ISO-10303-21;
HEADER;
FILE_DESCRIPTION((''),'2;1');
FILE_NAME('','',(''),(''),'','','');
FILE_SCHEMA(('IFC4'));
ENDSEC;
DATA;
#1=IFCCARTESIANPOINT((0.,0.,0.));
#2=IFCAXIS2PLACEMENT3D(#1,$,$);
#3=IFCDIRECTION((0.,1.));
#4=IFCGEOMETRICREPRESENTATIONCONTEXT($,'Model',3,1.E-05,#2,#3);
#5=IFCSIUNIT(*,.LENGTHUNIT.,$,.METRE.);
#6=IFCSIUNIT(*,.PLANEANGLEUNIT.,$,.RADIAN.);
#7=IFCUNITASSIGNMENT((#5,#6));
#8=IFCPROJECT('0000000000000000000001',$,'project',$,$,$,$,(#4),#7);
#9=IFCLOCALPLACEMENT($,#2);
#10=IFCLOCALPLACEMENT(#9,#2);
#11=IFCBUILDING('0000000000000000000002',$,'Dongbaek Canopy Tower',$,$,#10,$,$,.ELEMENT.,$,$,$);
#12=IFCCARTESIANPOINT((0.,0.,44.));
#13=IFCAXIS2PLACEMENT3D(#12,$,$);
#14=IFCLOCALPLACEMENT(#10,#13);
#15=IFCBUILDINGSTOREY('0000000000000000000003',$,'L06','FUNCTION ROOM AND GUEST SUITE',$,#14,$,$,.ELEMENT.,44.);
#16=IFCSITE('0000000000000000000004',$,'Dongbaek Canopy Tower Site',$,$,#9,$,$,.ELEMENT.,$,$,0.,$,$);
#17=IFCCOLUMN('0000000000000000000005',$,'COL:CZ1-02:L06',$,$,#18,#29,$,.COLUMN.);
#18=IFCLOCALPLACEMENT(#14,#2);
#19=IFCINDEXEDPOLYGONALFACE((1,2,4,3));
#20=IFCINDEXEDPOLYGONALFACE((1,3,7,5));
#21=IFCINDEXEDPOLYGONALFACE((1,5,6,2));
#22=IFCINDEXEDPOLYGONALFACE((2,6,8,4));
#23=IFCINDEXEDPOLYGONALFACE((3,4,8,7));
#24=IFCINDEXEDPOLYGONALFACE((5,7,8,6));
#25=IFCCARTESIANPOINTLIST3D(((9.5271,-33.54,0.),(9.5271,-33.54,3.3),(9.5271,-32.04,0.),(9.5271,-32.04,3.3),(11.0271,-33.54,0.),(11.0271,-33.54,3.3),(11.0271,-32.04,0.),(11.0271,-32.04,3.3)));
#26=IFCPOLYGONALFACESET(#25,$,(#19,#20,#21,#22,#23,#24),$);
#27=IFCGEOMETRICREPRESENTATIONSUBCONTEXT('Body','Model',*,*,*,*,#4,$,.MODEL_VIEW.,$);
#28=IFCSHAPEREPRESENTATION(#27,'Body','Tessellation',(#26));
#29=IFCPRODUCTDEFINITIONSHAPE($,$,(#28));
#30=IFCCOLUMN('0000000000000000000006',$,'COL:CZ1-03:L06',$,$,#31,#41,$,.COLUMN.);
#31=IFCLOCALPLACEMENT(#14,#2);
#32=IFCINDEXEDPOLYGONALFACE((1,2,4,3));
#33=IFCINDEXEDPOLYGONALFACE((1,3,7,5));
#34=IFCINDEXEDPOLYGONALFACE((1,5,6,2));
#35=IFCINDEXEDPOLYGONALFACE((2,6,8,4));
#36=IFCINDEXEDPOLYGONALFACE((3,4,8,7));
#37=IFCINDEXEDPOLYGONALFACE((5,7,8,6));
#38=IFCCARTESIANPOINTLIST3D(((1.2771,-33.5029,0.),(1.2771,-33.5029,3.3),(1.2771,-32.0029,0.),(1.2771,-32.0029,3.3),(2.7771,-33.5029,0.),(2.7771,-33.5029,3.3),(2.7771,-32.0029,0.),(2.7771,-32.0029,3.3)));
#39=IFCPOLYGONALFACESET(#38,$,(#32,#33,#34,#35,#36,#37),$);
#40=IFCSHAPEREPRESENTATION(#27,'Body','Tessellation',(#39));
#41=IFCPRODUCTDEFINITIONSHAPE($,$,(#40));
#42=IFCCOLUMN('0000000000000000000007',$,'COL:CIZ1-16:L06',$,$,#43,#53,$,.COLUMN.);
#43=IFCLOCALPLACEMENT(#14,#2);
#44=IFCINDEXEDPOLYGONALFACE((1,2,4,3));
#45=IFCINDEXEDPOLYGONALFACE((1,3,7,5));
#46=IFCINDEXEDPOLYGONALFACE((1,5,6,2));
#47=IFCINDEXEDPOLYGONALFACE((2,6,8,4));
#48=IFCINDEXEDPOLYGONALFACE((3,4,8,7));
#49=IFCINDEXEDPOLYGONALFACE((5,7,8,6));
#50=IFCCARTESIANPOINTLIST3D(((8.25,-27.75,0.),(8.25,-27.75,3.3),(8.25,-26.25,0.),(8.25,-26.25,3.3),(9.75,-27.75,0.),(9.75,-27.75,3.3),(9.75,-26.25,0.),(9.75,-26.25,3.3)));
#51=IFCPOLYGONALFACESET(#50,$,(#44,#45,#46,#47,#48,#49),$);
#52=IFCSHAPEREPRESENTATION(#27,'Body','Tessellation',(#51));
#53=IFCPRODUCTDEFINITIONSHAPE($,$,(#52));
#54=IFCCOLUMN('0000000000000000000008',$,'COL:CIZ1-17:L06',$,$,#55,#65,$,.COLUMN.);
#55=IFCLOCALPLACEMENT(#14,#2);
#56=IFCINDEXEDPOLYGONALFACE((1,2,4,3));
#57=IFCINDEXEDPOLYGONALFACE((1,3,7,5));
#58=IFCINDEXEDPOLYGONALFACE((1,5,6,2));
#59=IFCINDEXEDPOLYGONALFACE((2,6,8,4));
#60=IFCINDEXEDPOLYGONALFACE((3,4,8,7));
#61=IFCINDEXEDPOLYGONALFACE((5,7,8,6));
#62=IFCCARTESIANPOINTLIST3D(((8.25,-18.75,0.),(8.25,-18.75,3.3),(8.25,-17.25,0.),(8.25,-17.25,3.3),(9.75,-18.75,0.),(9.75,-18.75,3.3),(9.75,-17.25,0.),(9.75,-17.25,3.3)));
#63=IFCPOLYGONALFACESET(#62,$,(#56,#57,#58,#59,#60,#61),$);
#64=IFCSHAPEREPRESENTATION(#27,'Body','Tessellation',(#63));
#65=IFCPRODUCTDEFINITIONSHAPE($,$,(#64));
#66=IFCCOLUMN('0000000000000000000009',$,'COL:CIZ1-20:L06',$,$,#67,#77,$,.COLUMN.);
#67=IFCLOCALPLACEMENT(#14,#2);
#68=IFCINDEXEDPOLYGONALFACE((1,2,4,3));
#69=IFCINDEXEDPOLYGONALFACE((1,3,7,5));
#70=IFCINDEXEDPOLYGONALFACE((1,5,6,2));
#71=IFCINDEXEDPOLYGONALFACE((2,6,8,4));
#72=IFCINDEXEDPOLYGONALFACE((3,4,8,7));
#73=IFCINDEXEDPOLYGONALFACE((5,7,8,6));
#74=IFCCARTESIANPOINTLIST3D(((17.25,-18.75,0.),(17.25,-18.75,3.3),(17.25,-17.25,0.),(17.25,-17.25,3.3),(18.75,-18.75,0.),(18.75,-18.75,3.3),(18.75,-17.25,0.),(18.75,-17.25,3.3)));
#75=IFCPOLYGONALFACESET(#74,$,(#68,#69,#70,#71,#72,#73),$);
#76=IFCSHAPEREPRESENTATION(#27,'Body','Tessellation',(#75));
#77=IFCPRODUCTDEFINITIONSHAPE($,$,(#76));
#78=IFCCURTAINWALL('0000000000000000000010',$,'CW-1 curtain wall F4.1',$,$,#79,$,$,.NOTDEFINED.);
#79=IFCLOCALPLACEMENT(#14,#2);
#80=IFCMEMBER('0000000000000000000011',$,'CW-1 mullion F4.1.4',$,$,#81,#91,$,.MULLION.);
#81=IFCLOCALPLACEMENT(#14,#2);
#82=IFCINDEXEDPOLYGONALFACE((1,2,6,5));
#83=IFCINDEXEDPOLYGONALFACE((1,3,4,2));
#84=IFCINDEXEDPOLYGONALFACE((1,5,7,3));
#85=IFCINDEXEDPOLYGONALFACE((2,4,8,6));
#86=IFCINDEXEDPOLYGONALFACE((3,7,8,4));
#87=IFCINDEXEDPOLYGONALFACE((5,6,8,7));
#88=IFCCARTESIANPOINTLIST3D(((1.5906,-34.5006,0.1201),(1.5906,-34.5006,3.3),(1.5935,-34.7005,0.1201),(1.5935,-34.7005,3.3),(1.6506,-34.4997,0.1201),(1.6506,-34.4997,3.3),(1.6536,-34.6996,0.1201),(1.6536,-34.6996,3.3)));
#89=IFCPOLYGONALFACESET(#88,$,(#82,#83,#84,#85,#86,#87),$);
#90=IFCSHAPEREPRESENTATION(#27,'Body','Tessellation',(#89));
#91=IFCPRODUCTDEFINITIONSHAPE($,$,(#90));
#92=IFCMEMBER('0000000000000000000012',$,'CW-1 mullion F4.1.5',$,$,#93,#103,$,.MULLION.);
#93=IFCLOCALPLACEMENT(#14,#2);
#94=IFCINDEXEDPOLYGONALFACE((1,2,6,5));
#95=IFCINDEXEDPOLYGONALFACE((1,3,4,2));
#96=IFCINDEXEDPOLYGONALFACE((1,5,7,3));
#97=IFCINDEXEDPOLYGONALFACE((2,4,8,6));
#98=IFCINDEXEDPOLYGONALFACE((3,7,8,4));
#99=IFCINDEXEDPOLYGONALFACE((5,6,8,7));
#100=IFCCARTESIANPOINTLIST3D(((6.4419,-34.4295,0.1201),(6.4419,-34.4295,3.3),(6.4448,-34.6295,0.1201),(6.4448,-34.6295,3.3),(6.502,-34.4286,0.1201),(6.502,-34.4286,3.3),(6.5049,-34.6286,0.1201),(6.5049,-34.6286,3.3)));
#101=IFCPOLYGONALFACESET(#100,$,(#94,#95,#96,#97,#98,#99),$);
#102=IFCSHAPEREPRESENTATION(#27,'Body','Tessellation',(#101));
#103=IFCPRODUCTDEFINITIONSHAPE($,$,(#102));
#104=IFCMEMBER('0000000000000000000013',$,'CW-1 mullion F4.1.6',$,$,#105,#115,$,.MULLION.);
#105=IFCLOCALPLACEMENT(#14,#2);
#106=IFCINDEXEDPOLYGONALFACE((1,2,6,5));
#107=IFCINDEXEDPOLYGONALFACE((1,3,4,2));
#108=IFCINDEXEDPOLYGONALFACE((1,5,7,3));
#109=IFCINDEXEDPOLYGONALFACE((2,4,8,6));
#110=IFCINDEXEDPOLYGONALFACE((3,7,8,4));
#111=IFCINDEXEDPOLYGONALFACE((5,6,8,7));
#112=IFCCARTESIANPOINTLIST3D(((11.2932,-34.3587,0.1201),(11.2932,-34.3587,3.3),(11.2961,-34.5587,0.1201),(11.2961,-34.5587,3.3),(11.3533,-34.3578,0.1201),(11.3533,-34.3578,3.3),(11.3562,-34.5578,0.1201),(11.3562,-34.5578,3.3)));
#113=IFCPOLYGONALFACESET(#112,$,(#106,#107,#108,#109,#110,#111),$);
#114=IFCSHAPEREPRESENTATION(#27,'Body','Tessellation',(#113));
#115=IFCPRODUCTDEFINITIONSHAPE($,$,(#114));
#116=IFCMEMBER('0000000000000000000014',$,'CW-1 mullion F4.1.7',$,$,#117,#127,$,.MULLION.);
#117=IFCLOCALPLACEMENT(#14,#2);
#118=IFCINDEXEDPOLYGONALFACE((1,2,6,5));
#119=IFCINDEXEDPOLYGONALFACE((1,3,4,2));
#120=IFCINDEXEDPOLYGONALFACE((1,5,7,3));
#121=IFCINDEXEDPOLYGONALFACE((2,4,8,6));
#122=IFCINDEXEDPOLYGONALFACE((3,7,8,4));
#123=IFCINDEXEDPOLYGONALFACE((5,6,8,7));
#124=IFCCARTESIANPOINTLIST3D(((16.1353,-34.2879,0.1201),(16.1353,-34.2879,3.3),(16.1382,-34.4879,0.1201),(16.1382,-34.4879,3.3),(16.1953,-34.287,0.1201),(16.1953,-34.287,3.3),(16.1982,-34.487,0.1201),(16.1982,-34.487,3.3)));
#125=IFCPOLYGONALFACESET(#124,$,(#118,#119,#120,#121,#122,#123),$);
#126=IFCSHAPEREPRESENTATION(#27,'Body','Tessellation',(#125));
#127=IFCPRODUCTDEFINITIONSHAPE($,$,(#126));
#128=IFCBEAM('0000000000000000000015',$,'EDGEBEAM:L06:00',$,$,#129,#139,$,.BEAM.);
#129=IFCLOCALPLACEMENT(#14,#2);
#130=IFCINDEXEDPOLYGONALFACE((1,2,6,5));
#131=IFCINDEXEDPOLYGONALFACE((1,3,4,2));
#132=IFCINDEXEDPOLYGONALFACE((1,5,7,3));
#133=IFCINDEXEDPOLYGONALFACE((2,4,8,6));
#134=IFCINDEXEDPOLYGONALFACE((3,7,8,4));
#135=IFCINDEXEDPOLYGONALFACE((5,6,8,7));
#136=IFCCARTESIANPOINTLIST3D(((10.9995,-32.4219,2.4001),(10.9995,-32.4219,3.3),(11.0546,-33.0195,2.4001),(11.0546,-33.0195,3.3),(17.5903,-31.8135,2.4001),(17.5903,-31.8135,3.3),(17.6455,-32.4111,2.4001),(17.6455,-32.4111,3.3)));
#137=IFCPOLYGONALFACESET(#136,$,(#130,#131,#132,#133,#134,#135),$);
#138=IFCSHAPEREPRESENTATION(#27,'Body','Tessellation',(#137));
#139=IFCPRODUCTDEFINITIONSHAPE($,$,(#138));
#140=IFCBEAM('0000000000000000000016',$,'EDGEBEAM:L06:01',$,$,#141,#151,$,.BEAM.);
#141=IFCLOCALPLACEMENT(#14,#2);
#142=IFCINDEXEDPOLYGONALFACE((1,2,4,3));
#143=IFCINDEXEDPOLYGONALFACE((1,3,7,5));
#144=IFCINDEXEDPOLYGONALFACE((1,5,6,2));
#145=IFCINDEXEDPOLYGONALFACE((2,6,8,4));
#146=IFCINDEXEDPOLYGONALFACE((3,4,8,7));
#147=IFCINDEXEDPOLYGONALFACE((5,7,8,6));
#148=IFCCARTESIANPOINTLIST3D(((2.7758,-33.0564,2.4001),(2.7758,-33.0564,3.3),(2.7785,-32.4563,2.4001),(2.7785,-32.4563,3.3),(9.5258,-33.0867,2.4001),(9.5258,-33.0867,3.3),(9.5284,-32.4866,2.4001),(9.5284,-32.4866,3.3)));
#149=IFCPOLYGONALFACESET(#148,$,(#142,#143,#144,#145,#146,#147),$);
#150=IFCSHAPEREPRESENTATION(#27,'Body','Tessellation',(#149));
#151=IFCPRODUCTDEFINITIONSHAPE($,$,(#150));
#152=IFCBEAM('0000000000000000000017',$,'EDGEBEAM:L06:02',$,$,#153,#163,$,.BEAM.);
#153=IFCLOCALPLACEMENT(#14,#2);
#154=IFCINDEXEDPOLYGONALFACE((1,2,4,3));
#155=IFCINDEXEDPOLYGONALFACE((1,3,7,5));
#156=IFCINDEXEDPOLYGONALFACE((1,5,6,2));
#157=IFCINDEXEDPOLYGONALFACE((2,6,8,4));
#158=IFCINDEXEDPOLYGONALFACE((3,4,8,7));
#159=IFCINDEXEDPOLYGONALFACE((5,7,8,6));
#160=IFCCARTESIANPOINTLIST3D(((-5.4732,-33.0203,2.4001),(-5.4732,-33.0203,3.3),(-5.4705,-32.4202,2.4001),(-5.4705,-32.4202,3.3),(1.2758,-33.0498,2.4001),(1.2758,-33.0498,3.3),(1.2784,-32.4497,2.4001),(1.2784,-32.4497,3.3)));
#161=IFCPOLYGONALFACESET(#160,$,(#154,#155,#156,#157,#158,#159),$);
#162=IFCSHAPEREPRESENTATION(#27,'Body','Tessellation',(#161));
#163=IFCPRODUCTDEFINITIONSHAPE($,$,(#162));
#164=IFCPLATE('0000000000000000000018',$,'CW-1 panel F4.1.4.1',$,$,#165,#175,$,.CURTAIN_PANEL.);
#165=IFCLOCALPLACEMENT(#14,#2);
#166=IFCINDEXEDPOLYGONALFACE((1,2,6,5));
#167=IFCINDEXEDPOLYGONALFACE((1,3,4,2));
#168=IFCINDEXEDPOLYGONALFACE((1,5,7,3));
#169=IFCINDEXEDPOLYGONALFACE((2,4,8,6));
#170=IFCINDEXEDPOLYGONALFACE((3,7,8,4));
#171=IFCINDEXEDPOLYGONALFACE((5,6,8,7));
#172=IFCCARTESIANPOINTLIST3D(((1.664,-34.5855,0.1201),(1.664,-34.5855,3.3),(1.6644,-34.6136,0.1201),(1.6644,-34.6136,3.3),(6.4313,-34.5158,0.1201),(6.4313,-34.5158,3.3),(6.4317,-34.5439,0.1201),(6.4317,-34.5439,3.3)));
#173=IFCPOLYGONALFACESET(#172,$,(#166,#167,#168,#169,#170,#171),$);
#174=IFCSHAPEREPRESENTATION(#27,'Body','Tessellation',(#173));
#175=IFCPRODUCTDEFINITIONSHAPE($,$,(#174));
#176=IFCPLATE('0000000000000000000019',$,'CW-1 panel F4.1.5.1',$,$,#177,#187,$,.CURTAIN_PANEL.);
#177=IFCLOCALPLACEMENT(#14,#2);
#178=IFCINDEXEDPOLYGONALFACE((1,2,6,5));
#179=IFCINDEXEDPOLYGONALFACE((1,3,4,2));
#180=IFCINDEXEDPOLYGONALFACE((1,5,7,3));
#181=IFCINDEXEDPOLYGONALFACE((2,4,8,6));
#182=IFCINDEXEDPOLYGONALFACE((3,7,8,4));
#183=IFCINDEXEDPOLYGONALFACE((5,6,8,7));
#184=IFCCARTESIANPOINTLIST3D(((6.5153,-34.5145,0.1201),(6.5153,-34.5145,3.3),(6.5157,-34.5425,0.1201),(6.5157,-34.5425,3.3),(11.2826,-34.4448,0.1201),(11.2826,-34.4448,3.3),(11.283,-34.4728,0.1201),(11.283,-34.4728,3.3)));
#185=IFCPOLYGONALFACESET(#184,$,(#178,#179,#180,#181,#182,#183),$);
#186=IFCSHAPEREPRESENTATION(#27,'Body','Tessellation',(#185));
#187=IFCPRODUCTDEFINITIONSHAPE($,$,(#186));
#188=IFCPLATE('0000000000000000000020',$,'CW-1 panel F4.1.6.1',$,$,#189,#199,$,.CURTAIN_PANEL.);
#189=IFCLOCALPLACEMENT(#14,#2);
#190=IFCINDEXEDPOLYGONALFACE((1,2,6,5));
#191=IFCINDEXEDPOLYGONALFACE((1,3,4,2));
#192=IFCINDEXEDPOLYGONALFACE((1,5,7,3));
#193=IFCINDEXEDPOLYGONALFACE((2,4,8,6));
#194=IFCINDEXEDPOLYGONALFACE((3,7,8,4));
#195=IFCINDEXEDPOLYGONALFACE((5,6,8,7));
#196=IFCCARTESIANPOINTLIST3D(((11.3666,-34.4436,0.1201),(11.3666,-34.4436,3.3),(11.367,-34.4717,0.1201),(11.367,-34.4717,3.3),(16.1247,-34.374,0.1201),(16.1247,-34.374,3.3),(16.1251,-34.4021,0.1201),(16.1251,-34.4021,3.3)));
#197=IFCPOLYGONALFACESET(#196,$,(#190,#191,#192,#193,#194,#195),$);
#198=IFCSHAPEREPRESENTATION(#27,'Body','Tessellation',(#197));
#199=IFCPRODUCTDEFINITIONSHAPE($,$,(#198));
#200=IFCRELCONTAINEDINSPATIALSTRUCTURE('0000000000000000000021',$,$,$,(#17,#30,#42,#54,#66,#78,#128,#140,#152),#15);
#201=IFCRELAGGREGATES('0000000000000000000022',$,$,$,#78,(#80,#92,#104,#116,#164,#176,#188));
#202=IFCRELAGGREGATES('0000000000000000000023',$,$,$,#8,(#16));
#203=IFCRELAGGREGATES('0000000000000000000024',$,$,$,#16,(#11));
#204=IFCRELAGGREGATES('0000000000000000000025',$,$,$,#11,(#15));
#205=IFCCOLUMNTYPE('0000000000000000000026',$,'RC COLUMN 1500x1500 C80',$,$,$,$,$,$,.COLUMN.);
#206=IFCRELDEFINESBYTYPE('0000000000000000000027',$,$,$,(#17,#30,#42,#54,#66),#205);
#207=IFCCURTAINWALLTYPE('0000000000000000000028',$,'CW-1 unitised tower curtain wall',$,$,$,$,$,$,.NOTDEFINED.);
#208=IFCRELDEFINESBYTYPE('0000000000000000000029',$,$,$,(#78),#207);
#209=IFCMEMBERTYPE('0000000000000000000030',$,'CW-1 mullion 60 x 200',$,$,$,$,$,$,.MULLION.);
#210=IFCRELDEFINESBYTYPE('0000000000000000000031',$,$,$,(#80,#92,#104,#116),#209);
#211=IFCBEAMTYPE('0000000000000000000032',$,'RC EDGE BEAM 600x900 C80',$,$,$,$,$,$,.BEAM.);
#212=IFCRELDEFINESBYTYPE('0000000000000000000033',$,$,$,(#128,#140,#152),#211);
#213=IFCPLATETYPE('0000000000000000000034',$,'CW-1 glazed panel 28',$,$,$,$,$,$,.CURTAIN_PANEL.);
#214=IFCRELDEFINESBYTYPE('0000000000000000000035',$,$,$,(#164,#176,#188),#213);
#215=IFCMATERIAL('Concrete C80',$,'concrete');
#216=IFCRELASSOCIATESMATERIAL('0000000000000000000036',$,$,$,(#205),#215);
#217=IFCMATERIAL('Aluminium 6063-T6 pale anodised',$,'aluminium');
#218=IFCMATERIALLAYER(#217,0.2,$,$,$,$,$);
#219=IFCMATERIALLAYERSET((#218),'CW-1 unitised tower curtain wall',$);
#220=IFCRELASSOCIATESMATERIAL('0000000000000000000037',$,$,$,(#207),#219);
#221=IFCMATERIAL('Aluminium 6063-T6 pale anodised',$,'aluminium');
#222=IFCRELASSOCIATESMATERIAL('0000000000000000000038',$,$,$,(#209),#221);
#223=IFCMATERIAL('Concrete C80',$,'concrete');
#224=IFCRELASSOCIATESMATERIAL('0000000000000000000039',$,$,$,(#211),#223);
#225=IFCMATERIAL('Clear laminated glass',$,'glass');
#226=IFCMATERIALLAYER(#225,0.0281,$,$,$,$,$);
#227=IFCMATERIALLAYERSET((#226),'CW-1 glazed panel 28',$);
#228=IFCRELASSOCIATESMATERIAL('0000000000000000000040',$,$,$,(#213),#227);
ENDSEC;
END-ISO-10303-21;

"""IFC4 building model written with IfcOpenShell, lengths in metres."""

from ifc_helpers import new_model, si_unit, direction, frame, origin, origin_2d, place, context, subcontext, project, spatial, rectangle, extrude, material, layer, layer_set, material_profile, profile_set, type_object, element, aggregate, save


model = new_model("IFC4")

# Units and contexts
model_context = context("Model", 3, precision=1e-05, world=origin(), true_north=direction((0.0, 1.0)))
body_context = subcontext(model_context, "Body", "Model", "MODEL_VIEW")
ifc_project = project(units=[si_unit("LENGTHUNIT", "METRE"), si_unit("PLANEANGLEUNIT", "RADIAN")], contexts=[model_context])

# Site, building, storey
site_placement = place(None, origin())
site = spatial("IfcSite", under=ifc_project, at=site_placement, Name="Dongbaek Canopy Tower Site", CompositionType="ELEMENT", RefElevation=0.0)
building_placement = place(site_placement, origin())
building = spatial("IfcBuilding", under=site, at=building_placement, Name="Dongbaek Canopy Tower", CompositionType="ELEMENT")
storey_placement = place(building_placement, frame((0.0, 0.0, 44.0)))
storey = spatial("IfcBuildingStorey", under=building, at=storey_placement, Name="L06", Description="FUNCTION ROOM AND GUEST SUITE", CompositionType="ELEMENT", Elevation=44.0)

# Columns
ifc_material_1 = material(Name="Concrete C80", Category="concrete")
ifc_material_profile_1 = material_profile(ifc_material_1, rectangle(XDim=1.5, YDim=1.5, at=origin_2d()), Name="RC COLUMN 1500x1500 C80")
ifc_profile_set_1 = profile_set([ifc_material_profile_1], Name="Concrete C80")
column_type = type_object("IfcColumnType", Name="RC COLUMN 1500x1500 C80", PredefinedType="COLUMN", material=ifc_profile_set_1)
for number, where, z_axis, x_axis, name in (
    (1, (10.2771, -32.79, 0.0), (0.0, 0.0, 1.0), (1.0, 0.0, 0.0), "COL:CZ1-02:L06"),
    (2, (2.0271, -32.7529, 0.0), (0.0, 0.0, 1.0), (1.0, 0.0, 0.0), "COL:CZ1-03:L06"),
    (3, (9.0, -27.0, 0.0), (0.0, 0.0, 1.0), (1.0, 0.0, 0.0), "COL:CIZ1-16:L06"),
    (4, (9.0, -18.0, 0.0), (0.0, 0.0, 1.0), (1.0, 0.0, 0.0), "COL:CIZ1-17:L06"),
    (5, (18.0, -18.0, 0.0), (0.0, 0.0, 1.0), (1.0, 0.0, 0.0), "COL:CIZ1-20:L06"),
):
    element("IfcColumn", number, at=place(storey_placement, frame(where, z_axis=z_axis, x_axis=x_axis)), inside=storey, type_object=column_type, Name=name, PredefinedType="COLUMN", context=body_context, shape_type="SweptSolid", body=[
        extrude(rectangle(XDim=1.5, YDim=1.5, at=origin_2d()), origin(), (0.0, 0.0, 1.0), 3.3),
    ])

# Curtain wall, members
ifc_material_2 = material(Name="Aluminium 6063-T6 pale anodised", Category="aluminium")
ifc_layer_1 = layer(ifc_material_2, 0.2)
ifc_layer_set_1 = layer_set([ifc_layer_1], Name="CW-1 unitised tower curtain wall")
curtain_wall_type = type_object("IfcCurtainWallType", Name="CW-1 unitised tower curtain wall", PredefinedType="NOTDEFINED", material=ifc_layer_set_1)
curtain_wall_1_placement = place(storey_placement, origin())
curtain_wall_1 = element("IfcCurtainWall", 6, at=curtain_wall_1_placement, inside=storey, type_object=curtain_wall_type, Name="CW-1 curtain wall F4.1", PredefinedType="NOTDEFINED")
ifc_material_3 = material(Name="Aluminium 6063-T6 pale anodised", Category="aluminium")
ifc_material_profile_2 = material_profile(ifc_material_3, rectangle(XDim=0.2, YDim=0.0601, at=origin_2d()), Name="CW-1 mullion 60 x 200")
ifc_profile_set_2 = profile_set([ifc_material_profile_2], Name="Aluminium 6063-T6 pale anodised")
member_type = type_object("IfcMemberType", Name="CW-1 mullion 60 x 200", PredefinedType="MULLION", material=ifc_profile_set_2)
member_1_placement = place(storey_placement, frame((1.6221, -34.6001, 0.1201), z_axis=(0.0, 0.0, 1.0), x_axis=(0.014619, -0.999893, 0.0)))
member_1 = element("IfcMember", 7, at=member_1_placement, type_object=member_type, Name="CW-1 mullion F4.1.4", PredefinedType="MULLION", context=body_context, shape_type="SweptSolid", body=[
    extrude(rectangle(XDim=0.2, YDim=0.0601, at=origin_2d()), origin(), (0.0, 0.0, 1.0), 3.1799),
])
member_2_placement = place(storey_placement, frame((6.4734, -34.5291, 0.1201), z_axis=(0.0, 0.0, 1.0), x_axis=(0.014619, -0.999893, 0.0)))
member_2 = element("IfcMember", 8, at=member_2_placement, type_object=member_type, Name="CW-1 mullion F4.1.5", PredefinedType="MULLION", context=body_context, shape_type="SweptSolid", body=[
    extrude(rectangle(XDim=0.2, YDim=0.0601, at=origin_2d()), origin(), (0.0, 0.0, 1.0), 3.1799),
])
member_3_placement = place(storey_placement, frame((11.3247, -34.4583, 0.1201), z_axis=(0.0, 0.0, 1.0), x_axis=(0.014619, -0.999893, 0.0)))
member_3 = element("IfcMember", 9, at=member_3_placement, type_object=member_type, Name="CW-1 mullion F4.1.6", PredefinedType="MULLION", context=body_context, shape_type="SweptSolid", body=[
    extrude(rectangle(XDim=0.2, YDim=0.0601, at=origin_2d()), origin(), (0.0, 0.0, 1.0), 3.1799),
])
member_4_placement = place(storey_placement, frame((16.1667, -34.3875, 0.1201), z_axis=(0.0, 0.0, 1.0), x_axis=(0.014619, -0.999893, 0.0)))
member_4 = element("IfcMember", 10, at=member_4_placement, type_object=member_type, Name="CW-1 mullion F4.1.7", PredefinedType="MULLION", context=body_context, shape_type="SweptSolid", body=[
    extrude(rectangle(XDim=0.2, YDim=0.0601, at=origin_2d()), origin(), (0.0, 0.0, 1.0), 3.1799),
])

# Beams
ifc_material_4 = material(Name="Concrete C80", Category="concrete")
ifc_material_profile_3 = material_profile(ifc_material_4, rectangle(XDim=0.6001, YDim=0.8999, at=origin_2d()), Name="RC EDGE BEAM 600x900 C80")
ifc_profile_set_3 = profile_set([ifc_material_profile_3], Name="Concrete C80")
beam_type = type_object("IfcBeamType", Name="RC EDGE BEAM 600x900 C80", PredefinedType="BEAM", material=ifc_profile_set_3)
beam_1_placement = place(storey_placement, frame((17.6179, -32.1123, 2.8501), z_axis=(-0.995766, -0.091919, 0.0), x_axis=(0.091919, -0.995766, 0.0)))
element("IfcBeam", 11, at=beam_1_placement, inside=storey, type_object=beam_type, Name="EDGEBEAM:L06:00", PredefinedType="BEAM", context=body_context, shape_type="SweptSolid", body=[
    extrude(rectangle(XDim=0.6001, YDim=0.8999, at=origin_2d()), origin(), (0.0, 0.0, 1.0), 6.6189),
])
beam_2_placement = place(storey_placement, frame((9.5271, -32.7866, 2.8501), z_axis=(-0.99999, 0.004485, 0.0), x_axis=(-0.004485, -0.99999, 0.0)))
element("IfcBeam", 12, at=beam_2_placement, inside=storey, type_object=beam_type, Name="EDGEBEAM:L06:01", PredefinedType="BEAM", context=body_context, shape_type="SweptSolid", body=[
    extrude(rectangle(XDim=0.6001, YDim=0.8999, at=origin_2d()), origin(), (0.0, 0.0, 1.0), 6.75),
])
beam_3_placement = place(storey_placement, frame((1.2771, -32.7498, 2.8501), z_axis=(-0.99999, 0.004377, 0.0), x_axis=(-0.004377, -0.99999, 0.0)))
element("IfcBeam", 13, at=beam_3_placement, inside=storey, type_object=beam_type, Name="EDGEBEAM:L06:02", PredefinedType="BEAM", context=body_context, shape_type="SweptSolid", body=[
    extrude(rectangle(XDim=0.6001, YDim=0.8999, at=origin_2d()), origin(), (0.0, 0.0, 1.0), 6.749),
])

# Plates
ifc_material_5 = material(Name="Clear laminated glass", Category="glass")
ifc_layer_2 = layer(ifc_material_5, 0.0281)
ifc_layer_set_2 = layer_set([ifc_layer_2], Name="CW-1 glazed panel 28")
plate_type = type_object("IfcPlateType", Name="CW-1 glazed panel 28", PredefinedType="CURTAIN_PANEL", material=ifc_layer_set_2)
plate_1_placement = place(storey_placement, frame((4.0479, -34.5647, 0.1201), z_axis=(0.0, 0.0, 1.0), x_axis=(0.999893, 0.014619, 0.0)))
plate_1 = element("IfcPlate", 14, at=plate_1_placement, type_object=plate_type, Name="CW-1 panel F4.1.4.1", PredefinedType="CURTAIN_PANEL", context=body_context, shape_type="SweptSolid", body=[
    extrude(rectangle(XDim=4.7678, YDim=0.0281, at=origin_2d()), origin(), (0.0, 0.0, 1.0), 3.1799),
])
plate_2_placement = place(storey_placement, frame((8.8992, -34.4937, 0.1201), z_axis=(0.0, 0.0, 1.0), x_axis=(0.999893, 0.014619, 0.0)))
plate_2 = element("IfcPlate", 15, at=plate_2_placement, type_object=plate_type, Name="CW-1 panel F4.1.5.1", PredefinedType="CURTAIN_PANEL", context=body_context, shape_type="SweptSolid", body=[
    extrude(rectangle(XDim=4.7678, YDim=0.0281, at=origin_2d()), origin(), (0.0, 0.0, 1.0), 3.1799),
])
plate_3_placement = place(storey_placement, frame((13.7458, -34.4229, 0.1201), z_axis=(0.0, 0.0, 1.0), x_axis=(0.999893, 0.014619, 0.0)))
plate_3 = element("IfcPlate", 16, at=plate_3_placement, type_object=plate_type, Name="CW-1 panel F4.1.6.1", PredefinedType="CURTAIN_PANEL", context=body_context, shape_type="SweptSolid", body=[
    extrude(rectangle(XDim=4.7585, YDim=0.0281, at=origin_2d()), origin(), (0.0, 0.0, 1.0), 3.1799),
])

aggregate(curtain_wall_1, [member_1, member_2, member_3, member_4, plate_1, plate_2, plate_3])

save(model, "model.ifc")
